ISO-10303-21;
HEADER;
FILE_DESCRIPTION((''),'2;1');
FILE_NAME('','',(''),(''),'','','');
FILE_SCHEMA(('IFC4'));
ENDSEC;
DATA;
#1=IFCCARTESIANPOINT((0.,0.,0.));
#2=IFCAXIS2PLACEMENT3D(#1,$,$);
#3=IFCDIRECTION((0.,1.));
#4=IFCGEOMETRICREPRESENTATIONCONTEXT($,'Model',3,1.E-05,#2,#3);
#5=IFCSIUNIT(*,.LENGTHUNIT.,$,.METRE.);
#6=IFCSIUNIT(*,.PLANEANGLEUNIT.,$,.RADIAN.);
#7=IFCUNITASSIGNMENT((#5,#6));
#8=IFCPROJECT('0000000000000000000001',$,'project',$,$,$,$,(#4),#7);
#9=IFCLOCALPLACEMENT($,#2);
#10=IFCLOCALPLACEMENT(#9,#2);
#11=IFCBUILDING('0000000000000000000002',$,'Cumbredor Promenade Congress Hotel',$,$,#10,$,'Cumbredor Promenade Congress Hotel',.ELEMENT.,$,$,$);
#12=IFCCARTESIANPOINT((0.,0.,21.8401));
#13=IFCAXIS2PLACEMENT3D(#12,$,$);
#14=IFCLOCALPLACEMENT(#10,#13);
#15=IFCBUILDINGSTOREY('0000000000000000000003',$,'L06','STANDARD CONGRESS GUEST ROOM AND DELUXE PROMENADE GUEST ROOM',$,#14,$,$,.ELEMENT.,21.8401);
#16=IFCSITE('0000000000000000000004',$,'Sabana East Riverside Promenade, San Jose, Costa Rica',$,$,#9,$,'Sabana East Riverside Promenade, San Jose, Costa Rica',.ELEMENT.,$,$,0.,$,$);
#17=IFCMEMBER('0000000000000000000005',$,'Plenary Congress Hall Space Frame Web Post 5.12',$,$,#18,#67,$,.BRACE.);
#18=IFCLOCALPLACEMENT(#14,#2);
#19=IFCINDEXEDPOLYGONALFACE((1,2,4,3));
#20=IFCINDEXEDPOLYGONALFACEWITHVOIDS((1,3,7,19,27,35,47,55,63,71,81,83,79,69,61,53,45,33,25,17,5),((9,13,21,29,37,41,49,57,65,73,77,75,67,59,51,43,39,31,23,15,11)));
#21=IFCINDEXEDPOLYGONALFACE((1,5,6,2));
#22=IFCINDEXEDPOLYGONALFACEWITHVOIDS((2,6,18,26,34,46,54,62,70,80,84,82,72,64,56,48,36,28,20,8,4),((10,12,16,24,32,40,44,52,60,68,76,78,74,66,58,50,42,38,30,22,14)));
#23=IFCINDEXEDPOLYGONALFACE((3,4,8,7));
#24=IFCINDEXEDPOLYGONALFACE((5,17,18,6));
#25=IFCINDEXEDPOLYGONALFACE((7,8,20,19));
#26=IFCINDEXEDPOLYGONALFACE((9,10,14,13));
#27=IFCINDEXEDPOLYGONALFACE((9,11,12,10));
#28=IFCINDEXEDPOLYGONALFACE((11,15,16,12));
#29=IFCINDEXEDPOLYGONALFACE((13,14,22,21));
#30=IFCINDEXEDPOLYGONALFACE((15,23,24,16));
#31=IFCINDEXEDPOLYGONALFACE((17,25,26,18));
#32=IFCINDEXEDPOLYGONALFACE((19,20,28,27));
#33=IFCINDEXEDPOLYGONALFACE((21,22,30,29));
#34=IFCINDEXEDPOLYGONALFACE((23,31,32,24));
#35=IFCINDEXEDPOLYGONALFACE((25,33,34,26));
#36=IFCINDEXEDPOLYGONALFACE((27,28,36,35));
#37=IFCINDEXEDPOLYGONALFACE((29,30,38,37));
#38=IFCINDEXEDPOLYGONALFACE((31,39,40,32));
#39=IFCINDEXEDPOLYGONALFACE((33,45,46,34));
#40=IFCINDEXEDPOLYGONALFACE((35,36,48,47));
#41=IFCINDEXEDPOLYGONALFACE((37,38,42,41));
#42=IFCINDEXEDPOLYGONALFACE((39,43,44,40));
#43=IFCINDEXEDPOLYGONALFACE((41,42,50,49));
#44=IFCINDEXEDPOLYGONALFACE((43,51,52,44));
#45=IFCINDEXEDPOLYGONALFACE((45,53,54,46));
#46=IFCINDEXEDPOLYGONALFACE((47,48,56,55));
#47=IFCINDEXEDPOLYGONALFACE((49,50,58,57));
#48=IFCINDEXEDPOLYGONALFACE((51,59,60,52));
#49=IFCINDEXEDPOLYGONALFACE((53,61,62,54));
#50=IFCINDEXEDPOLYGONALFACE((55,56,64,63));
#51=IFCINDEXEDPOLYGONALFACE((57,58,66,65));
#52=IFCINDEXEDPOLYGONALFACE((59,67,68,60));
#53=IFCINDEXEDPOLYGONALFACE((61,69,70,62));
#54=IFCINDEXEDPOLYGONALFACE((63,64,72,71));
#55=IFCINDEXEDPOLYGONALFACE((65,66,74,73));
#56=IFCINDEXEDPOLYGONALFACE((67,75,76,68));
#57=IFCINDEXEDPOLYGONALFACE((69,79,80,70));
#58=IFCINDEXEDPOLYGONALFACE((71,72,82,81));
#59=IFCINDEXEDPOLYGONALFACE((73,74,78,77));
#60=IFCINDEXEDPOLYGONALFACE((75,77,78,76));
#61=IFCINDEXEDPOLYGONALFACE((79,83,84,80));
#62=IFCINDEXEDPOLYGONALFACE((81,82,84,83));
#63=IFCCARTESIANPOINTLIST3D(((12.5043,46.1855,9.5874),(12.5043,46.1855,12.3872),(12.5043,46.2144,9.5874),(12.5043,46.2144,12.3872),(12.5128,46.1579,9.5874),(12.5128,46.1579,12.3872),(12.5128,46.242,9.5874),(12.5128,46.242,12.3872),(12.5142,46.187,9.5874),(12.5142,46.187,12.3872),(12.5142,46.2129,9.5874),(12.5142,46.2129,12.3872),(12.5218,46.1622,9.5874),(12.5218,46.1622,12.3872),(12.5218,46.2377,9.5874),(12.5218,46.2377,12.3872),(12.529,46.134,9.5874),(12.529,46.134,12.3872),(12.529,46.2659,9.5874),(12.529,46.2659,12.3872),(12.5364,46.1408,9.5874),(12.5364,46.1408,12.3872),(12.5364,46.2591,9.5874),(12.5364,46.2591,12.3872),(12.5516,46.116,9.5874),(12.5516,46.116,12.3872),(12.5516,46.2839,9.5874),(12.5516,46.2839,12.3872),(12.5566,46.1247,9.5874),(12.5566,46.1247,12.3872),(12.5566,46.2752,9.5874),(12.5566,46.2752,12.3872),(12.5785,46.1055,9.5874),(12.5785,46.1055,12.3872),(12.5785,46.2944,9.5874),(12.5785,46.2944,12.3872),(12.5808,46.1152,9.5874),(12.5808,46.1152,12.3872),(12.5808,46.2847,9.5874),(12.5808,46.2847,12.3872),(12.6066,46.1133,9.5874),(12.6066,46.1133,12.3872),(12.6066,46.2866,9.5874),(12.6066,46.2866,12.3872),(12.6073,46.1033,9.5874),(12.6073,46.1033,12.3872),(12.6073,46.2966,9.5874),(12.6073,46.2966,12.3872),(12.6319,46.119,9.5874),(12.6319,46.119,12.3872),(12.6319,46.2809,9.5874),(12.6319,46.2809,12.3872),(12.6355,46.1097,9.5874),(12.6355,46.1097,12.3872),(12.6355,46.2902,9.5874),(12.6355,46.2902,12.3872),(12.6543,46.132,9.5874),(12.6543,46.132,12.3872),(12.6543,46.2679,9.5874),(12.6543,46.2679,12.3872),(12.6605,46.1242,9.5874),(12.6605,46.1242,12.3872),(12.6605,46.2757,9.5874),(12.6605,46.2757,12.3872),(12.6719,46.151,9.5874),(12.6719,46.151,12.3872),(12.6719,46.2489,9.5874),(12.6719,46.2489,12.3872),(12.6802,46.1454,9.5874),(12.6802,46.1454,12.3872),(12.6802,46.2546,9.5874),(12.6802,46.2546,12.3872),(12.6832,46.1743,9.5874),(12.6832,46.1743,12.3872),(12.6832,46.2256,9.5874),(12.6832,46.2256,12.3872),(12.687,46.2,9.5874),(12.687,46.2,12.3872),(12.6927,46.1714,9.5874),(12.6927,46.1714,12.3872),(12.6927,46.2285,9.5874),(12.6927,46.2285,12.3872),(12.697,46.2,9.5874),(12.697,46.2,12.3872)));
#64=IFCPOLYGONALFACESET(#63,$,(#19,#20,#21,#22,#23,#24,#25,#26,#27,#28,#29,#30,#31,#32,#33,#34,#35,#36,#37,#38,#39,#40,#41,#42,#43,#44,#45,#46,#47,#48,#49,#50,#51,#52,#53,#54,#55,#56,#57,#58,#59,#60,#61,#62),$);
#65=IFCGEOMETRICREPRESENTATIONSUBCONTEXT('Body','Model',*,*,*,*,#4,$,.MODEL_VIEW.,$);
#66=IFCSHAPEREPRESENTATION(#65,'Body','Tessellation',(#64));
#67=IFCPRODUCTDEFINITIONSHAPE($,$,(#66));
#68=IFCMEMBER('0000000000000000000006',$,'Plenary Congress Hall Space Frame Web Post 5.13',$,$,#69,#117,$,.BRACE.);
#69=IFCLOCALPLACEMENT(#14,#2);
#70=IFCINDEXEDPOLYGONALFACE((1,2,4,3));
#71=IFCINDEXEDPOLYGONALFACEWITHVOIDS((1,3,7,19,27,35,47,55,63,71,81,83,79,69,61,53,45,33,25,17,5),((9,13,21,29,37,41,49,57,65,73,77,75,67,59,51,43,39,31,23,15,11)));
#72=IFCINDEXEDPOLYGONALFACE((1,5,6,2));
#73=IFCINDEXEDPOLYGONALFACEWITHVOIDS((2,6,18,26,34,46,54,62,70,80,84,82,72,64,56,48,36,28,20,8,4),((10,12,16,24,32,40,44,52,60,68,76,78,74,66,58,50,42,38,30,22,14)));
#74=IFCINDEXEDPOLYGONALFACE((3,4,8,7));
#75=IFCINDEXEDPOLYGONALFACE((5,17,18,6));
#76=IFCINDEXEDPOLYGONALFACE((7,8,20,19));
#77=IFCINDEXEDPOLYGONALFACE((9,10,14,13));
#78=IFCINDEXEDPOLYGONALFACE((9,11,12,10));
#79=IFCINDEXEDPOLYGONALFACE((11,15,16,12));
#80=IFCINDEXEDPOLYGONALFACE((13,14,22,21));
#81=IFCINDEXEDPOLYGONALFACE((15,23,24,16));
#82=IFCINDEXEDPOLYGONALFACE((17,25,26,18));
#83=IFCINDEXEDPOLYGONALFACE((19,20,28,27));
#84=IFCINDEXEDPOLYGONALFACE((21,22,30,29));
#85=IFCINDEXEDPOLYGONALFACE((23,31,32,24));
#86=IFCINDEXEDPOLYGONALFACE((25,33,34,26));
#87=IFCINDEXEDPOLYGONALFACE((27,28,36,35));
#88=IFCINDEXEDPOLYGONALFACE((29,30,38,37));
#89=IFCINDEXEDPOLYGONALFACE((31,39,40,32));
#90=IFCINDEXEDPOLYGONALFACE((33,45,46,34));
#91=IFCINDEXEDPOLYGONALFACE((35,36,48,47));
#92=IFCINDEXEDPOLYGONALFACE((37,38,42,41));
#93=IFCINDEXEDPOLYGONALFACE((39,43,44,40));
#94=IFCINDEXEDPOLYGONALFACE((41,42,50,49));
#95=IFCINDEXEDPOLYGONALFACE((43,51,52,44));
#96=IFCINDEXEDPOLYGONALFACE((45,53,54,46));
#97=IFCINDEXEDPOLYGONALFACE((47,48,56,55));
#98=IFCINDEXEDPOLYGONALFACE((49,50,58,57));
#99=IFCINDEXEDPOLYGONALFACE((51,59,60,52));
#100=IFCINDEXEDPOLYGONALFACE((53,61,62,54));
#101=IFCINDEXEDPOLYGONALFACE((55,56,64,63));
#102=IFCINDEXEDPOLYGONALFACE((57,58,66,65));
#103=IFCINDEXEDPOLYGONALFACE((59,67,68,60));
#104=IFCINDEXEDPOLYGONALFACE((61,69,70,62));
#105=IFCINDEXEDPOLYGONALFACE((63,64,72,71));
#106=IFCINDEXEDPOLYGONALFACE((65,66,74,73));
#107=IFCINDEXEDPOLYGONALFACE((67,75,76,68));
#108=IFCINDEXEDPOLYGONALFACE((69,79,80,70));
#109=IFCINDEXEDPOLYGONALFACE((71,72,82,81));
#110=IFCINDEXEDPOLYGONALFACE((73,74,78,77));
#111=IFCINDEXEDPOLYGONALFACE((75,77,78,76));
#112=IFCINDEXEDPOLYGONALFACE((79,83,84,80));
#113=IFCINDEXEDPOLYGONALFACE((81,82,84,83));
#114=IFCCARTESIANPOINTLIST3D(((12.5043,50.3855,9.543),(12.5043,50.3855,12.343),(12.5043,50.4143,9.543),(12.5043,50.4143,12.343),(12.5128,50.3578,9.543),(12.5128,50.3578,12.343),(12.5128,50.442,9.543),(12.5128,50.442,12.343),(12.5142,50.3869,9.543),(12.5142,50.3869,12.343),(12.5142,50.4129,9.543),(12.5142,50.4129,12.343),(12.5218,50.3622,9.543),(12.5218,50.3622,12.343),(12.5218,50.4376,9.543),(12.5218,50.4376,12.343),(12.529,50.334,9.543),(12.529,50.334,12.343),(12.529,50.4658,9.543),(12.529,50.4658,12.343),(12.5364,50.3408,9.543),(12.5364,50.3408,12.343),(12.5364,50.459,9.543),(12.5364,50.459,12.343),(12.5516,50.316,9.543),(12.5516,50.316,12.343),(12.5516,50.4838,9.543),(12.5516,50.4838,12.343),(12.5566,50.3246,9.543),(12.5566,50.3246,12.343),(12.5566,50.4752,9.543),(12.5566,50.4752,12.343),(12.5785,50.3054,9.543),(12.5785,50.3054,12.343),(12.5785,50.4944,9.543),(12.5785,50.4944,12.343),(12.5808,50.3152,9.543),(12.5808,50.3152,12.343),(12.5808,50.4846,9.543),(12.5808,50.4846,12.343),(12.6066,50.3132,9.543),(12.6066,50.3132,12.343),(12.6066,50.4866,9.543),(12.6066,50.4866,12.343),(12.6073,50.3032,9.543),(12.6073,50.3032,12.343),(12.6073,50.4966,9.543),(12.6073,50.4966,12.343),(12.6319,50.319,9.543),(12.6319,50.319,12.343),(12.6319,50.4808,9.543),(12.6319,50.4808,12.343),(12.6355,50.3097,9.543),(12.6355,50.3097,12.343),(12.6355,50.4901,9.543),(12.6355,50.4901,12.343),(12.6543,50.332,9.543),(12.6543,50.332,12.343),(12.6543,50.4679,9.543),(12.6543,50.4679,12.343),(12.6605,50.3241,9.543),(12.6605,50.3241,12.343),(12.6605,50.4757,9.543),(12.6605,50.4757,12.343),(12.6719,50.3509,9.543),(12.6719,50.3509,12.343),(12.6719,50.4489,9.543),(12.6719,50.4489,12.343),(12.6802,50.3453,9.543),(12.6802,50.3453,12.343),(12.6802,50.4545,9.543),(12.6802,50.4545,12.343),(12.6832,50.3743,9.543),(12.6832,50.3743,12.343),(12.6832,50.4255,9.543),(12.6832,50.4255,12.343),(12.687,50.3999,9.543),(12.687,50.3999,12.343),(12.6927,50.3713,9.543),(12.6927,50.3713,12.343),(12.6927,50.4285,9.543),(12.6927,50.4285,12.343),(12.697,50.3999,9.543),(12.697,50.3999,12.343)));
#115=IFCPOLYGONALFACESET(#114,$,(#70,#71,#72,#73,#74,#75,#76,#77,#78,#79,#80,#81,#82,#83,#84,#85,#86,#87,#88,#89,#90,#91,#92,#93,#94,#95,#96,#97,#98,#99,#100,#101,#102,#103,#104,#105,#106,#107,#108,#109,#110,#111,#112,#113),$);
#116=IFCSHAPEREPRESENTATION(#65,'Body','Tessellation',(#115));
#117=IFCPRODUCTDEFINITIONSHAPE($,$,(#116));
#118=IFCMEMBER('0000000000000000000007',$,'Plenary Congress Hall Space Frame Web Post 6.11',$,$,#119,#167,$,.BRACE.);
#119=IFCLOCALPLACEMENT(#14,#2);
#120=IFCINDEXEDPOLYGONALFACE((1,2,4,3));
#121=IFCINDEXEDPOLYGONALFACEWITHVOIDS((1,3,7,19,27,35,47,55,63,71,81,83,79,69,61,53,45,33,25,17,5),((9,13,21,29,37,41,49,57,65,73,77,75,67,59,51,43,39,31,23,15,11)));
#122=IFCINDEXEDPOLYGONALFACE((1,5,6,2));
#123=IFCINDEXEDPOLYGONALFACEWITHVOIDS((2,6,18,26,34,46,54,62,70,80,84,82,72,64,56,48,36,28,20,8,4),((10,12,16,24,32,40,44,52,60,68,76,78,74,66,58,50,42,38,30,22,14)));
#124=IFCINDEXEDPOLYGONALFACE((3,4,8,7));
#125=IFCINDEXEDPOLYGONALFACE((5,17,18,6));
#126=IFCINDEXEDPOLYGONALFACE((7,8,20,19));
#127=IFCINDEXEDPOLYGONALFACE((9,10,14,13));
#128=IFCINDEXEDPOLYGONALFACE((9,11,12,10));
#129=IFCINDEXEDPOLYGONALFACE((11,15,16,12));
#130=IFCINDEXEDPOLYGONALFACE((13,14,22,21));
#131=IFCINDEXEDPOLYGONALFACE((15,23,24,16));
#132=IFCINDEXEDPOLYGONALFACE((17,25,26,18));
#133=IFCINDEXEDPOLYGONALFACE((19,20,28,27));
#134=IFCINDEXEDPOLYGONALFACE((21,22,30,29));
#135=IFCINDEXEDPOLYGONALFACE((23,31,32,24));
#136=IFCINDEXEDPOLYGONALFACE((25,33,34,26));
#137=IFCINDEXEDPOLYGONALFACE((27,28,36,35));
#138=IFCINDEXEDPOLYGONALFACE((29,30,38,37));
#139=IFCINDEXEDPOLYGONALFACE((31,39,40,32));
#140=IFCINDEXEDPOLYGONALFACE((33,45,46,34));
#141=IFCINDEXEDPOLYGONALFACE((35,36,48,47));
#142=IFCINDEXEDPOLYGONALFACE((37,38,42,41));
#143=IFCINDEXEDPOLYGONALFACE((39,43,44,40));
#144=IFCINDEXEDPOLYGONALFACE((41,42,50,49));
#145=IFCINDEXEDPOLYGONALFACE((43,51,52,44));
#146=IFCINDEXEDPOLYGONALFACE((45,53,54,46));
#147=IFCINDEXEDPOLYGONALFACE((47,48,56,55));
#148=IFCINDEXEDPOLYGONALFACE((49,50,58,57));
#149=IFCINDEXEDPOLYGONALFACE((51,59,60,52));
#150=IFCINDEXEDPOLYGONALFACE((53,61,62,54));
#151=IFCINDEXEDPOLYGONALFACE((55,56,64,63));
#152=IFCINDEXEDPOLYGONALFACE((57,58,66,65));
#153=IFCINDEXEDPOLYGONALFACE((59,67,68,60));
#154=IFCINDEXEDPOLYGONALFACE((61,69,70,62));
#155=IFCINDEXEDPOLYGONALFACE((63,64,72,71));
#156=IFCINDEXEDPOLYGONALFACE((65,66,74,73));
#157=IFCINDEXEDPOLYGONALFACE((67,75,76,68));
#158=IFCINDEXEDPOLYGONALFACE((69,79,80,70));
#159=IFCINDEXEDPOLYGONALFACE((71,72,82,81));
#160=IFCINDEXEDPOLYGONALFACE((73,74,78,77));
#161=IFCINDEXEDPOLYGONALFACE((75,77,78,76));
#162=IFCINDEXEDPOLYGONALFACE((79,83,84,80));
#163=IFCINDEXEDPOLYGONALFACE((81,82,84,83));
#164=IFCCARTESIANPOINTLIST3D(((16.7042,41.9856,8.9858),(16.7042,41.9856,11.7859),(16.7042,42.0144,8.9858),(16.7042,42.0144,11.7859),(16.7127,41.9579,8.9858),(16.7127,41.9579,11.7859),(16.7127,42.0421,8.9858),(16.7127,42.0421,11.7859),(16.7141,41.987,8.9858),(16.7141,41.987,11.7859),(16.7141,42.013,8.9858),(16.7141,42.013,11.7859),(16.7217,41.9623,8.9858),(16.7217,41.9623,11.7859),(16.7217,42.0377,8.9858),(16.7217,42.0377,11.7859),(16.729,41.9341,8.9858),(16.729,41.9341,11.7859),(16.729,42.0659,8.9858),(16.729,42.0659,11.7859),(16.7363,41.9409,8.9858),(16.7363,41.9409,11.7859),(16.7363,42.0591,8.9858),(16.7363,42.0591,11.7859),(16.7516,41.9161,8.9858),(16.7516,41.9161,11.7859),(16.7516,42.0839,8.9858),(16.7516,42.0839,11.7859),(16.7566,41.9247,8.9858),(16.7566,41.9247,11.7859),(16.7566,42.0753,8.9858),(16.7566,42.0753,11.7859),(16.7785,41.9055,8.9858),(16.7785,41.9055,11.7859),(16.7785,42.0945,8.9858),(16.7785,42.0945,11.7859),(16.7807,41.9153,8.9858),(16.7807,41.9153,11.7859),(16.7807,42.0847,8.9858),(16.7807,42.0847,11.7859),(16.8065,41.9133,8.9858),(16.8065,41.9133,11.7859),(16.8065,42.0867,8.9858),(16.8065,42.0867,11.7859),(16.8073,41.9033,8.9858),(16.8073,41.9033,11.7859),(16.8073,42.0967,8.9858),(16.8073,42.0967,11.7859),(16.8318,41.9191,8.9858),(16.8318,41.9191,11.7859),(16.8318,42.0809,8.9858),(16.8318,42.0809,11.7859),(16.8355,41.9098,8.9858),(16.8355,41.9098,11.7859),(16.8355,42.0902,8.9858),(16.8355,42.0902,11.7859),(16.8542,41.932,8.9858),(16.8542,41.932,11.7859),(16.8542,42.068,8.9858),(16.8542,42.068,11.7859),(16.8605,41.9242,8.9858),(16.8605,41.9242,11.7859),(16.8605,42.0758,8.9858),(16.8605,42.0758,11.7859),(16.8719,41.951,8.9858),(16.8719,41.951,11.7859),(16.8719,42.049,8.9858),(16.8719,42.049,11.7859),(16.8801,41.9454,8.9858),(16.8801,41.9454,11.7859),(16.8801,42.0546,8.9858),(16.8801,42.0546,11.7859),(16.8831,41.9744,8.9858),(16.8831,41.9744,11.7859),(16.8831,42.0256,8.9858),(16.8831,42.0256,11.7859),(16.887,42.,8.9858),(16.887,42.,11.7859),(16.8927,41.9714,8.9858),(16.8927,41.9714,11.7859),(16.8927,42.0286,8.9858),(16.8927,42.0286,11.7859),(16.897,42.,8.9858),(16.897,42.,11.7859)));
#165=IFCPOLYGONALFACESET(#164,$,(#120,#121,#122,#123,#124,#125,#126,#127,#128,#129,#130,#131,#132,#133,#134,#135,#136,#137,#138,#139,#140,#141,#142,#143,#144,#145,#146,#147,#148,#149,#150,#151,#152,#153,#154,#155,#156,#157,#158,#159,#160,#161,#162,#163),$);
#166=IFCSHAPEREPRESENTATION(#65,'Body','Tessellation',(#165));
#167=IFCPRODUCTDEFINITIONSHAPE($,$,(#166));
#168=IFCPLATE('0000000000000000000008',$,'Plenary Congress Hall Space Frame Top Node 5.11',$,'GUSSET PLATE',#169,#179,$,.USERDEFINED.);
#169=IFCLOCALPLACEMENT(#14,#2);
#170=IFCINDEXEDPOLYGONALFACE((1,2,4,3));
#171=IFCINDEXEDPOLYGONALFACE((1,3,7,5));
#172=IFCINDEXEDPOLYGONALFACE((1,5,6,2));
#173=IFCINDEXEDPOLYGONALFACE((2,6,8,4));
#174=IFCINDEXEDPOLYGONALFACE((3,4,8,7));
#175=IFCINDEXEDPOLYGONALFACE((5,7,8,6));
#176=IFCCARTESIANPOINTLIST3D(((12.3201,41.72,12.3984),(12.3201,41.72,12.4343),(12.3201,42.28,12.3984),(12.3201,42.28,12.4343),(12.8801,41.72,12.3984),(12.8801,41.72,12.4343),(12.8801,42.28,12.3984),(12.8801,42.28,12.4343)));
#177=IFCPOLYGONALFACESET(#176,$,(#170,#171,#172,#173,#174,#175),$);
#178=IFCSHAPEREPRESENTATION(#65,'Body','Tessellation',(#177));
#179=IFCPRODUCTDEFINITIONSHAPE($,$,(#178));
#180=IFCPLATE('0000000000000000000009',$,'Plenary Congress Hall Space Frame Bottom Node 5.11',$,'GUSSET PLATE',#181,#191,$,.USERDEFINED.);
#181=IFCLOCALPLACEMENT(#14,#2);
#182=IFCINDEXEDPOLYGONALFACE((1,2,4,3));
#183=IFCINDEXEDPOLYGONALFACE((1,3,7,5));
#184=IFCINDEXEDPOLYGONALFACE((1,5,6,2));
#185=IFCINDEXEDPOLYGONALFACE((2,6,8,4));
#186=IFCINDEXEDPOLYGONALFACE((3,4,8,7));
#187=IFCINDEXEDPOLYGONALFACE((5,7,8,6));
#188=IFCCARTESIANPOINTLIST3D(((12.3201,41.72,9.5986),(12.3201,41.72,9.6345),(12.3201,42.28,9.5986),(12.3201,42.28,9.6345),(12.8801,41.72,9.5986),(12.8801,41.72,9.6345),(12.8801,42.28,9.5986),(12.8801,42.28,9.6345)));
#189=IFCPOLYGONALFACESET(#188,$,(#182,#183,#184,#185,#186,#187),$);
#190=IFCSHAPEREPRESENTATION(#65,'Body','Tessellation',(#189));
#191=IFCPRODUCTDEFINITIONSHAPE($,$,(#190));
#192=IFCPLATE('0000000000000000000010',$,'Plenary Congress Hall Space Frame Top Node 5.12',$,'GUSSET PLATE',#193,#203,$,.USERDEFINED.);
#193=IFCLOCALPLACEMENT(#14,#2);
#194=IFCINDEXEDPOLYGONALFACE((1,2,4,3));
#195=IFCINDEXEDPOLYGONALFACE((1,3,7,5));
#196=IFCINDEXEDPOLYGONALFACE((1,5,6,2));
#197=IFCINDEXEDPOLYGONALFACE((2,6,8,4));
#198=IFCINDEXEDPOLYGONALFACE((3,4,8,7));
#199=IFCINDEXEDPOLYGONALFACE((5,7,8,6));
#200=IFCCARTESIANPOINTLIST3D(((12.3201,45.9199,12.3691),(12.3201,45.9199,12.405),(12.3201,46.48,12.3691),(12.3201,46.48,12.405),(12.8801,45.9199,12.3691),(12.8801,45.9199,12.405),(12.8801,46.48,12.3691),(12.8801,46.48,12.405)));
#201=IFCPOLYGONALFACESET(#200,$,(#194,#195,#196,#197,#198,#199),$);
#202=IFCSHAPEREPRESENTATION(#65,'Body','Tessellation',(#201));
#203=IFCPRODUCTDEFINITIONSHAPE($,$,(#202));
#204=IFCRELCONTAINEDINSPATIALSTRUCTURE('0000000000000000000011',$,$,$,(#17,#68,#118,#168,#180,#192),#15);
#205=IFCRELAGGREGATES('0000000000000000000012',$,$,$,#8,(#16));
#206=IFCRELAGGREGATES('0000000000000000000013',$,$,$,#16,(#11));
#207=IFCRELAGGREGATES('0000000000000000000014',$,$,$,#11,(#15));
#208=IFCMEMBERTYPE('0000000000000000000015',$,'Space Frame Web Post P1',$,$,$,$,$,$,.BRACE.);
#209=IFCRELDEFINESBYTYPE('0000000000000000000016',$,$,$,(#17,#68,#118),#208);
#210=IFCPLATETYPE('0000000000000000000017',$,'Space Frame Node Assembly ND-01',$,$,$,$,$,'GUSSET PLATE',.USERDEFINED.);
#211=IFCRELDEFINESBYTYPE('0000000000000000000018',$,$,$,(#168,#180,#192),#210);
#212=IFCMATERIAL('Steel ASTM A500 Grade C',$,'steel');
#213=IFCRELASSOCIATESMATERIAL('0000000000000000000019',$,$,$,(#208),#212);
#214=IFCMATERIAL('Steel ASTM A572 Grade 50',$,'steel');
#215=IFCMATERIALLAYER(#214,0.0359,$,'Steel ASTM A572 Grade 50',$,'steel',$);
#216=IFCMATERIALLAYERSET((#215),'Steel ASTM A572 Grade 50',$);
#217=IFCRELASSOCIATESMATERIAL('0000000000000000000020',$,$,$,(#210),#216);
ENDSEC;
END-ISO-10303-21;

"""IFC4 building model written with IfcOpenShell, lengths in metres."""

from ifc_helpers import new_model, si_unit, direction, frame, origin, origin_2d, place, context, subcontext, project, spatial, rectangle, hollow_circle, extrude, material, layer, layer_set, material_profile, profile_set, type_object, element, save


model = new_model("IFC4")

# Units and contexts
model_context = context("Model", 3, precision=1e-05, world=origin(), true_north=direction((0.0, 1.0)))
body_context = subcontext(model_context, "Body", "Model", "MODEL_VIEW")
ifc_project = project(units=[si_unit("LENGTHUNIT", "METRE"), si_unit("PLANEANGLEUNIT", "RADIAN")], contexts=[model_context])

# Site, building, storey
site_placement = place(None, origin())
site = spatial("IfcSite", under=ifc_project, at=site_placement, Name="Sabana East Riverside Promenade, San Jose, Costa Rica", LongName="Sabana East Riverside Promenade, San Jose, Costa Rica", CompositionType="ELEMENT", RefElevation=0.0)
building_placement = place(site_placement, origin())
building = spatial("IfcBuilding", under=site, at=building_placement, Name="Cumbredor Promenade Congress Hotel", LongName="Cumbredor Promenade Congress Hotel", CompositionType="ELEMENT")
storey_placement = place(building_placement, frame((0.0, 0.0, 21.8401)))
storey = spatial("IfcBuildingStorey", under=building, at=storey_placement, Name="L06", Description="STANDARD CONGRESS GUEST ROOM AND DELUXE PROMENADE GUEST ROOM", CompositionType="ELEMENT", Elevation=21.8401)

# Members
ifc_material_1 = material(Name="Steel ASTM A500 Grade C", Category="steel")
ifc_material_profile_1 = material_profile(ifc_material_1, hollow_circle(Radius=0.0969, WallThickness=0.01, at=origin_2d()), Name="CHS 193.7x10")
ifc_profile_set_1 = profile_set([ifc_material_profile_1], Name="Steel ASTM A500 Grade C")
member_type_1 = type_object("IfcMemberType", Name="Space Frame Web Post P1", PredefinedType="BRACE", material=ifc_profile_set_1)
for number, where, z_axis, x_axis, name in (
    (1, (12.6001, 46.2, 9.5874), (0.0, 0.0, 1.0), (1.0, 0.0, 0.0), "Plenary Congress Hall Space Frame Web Post 5.12"),
):
    element("IfcMember", number, at=place(storey_placement, frame(where, z_axis=z_axis, x_axis=x_axis)), inside=storey, type_object=member_type_1, Name=name, PredefinedType="BRACE", context=body_context, shape_type="SweptSolid", body=[
        extrude(hollow_circle(Radius=0.0969, WallThickness=0.01, at=origin_2d()), origin(), (0.0, 0.0, 1.0), 2.7998),
    ])
for number, where, z_axis, x_axis, name in (
    (2, (12.6001, 50.3999, 9.543), (0.0, 0.0, 1.0), (1.0, 0.0, 0.0), "Plenary Congress Hall Space Frame Web Post 5.13"),
    (3, (16.8, 42.0, 8.9858), (0.0, 0.0, 1.0), (1.0, 0.0, 0.0), "Plenary Congress Hall Space Frame Web Post 6.11"),
):
    element("IfcMember", number, at=place(storey_placement, frame(where, z_axis=z_axis, x_axis=x_axis)), inside=storey, type_object=member_type_1, Name=name, PredefinedType="BRACE", context=body_context, shape_type="SweptSolid", body=[
        extrude(hollow_circle(Radius=0.0969, WallThickness=0.01, at=origin_2d()), origin(), (0.0, 0.0, 1.0), 2.8),
    ])

# Plates
ifc_material_2 = material(Name="Steel ASTM A572 Grade 50", Category="steel")
ifc_layer = layer(ifc_material_2, 0.0359, Name="Steel ASTM A572 Grade 50", Category="steel")
ifc_layer_set = layer_set([ifc_layer], Name="Steel ASTM A572 Grade 50")
plate_type = type_object("IfcPlateType", Name="Space Frame Node Assembly ND-01", ElementType="GUSSET PLATE", PredefinedType="USERDEFINED", material=ifc_layer_set)
for number, where, z_axis, x_axis, name in (
    (4, (12.6001, 42.0, 12.3984), (0.0, 0.0, 1.0), (1.0, 0.0, 0.0), "Plenary Congress Hall Space Frame Top Node 5.11"),
    (5, (12.6001, 42.0, 9.5986), (0.0, 0.0, 1.0), (1.0, 0.0, 0.0), "Plenary Congress Hall Space Frame Bottom Node 5.11"),
    (6, (12.6001, 46.2, 12.3691), (0.0, 0.0, 1.0), (1.0, 0.0, 0.0), "Plenary Congress Hall Space Frame Top Node 5.12"),
):
    element("IfcPlate", number, at=place(storey_placement, frame(where, z_axis=z_axis, x_axis=x_axis)), inside=storey, type_object=plate_type, Name=name, ObjectType="GUSSET PLATE", PredefinedType="USERDEFINED", context=body_context, shape_type="SweptSolid", body=[
        extrude(rectangle(XDim=0.5601, YDim=0.5601, at=origin_2d()), origin(), (0.0, 0.0, 1.0), 0.0359),
    ])

save(model, "model.ifc")
